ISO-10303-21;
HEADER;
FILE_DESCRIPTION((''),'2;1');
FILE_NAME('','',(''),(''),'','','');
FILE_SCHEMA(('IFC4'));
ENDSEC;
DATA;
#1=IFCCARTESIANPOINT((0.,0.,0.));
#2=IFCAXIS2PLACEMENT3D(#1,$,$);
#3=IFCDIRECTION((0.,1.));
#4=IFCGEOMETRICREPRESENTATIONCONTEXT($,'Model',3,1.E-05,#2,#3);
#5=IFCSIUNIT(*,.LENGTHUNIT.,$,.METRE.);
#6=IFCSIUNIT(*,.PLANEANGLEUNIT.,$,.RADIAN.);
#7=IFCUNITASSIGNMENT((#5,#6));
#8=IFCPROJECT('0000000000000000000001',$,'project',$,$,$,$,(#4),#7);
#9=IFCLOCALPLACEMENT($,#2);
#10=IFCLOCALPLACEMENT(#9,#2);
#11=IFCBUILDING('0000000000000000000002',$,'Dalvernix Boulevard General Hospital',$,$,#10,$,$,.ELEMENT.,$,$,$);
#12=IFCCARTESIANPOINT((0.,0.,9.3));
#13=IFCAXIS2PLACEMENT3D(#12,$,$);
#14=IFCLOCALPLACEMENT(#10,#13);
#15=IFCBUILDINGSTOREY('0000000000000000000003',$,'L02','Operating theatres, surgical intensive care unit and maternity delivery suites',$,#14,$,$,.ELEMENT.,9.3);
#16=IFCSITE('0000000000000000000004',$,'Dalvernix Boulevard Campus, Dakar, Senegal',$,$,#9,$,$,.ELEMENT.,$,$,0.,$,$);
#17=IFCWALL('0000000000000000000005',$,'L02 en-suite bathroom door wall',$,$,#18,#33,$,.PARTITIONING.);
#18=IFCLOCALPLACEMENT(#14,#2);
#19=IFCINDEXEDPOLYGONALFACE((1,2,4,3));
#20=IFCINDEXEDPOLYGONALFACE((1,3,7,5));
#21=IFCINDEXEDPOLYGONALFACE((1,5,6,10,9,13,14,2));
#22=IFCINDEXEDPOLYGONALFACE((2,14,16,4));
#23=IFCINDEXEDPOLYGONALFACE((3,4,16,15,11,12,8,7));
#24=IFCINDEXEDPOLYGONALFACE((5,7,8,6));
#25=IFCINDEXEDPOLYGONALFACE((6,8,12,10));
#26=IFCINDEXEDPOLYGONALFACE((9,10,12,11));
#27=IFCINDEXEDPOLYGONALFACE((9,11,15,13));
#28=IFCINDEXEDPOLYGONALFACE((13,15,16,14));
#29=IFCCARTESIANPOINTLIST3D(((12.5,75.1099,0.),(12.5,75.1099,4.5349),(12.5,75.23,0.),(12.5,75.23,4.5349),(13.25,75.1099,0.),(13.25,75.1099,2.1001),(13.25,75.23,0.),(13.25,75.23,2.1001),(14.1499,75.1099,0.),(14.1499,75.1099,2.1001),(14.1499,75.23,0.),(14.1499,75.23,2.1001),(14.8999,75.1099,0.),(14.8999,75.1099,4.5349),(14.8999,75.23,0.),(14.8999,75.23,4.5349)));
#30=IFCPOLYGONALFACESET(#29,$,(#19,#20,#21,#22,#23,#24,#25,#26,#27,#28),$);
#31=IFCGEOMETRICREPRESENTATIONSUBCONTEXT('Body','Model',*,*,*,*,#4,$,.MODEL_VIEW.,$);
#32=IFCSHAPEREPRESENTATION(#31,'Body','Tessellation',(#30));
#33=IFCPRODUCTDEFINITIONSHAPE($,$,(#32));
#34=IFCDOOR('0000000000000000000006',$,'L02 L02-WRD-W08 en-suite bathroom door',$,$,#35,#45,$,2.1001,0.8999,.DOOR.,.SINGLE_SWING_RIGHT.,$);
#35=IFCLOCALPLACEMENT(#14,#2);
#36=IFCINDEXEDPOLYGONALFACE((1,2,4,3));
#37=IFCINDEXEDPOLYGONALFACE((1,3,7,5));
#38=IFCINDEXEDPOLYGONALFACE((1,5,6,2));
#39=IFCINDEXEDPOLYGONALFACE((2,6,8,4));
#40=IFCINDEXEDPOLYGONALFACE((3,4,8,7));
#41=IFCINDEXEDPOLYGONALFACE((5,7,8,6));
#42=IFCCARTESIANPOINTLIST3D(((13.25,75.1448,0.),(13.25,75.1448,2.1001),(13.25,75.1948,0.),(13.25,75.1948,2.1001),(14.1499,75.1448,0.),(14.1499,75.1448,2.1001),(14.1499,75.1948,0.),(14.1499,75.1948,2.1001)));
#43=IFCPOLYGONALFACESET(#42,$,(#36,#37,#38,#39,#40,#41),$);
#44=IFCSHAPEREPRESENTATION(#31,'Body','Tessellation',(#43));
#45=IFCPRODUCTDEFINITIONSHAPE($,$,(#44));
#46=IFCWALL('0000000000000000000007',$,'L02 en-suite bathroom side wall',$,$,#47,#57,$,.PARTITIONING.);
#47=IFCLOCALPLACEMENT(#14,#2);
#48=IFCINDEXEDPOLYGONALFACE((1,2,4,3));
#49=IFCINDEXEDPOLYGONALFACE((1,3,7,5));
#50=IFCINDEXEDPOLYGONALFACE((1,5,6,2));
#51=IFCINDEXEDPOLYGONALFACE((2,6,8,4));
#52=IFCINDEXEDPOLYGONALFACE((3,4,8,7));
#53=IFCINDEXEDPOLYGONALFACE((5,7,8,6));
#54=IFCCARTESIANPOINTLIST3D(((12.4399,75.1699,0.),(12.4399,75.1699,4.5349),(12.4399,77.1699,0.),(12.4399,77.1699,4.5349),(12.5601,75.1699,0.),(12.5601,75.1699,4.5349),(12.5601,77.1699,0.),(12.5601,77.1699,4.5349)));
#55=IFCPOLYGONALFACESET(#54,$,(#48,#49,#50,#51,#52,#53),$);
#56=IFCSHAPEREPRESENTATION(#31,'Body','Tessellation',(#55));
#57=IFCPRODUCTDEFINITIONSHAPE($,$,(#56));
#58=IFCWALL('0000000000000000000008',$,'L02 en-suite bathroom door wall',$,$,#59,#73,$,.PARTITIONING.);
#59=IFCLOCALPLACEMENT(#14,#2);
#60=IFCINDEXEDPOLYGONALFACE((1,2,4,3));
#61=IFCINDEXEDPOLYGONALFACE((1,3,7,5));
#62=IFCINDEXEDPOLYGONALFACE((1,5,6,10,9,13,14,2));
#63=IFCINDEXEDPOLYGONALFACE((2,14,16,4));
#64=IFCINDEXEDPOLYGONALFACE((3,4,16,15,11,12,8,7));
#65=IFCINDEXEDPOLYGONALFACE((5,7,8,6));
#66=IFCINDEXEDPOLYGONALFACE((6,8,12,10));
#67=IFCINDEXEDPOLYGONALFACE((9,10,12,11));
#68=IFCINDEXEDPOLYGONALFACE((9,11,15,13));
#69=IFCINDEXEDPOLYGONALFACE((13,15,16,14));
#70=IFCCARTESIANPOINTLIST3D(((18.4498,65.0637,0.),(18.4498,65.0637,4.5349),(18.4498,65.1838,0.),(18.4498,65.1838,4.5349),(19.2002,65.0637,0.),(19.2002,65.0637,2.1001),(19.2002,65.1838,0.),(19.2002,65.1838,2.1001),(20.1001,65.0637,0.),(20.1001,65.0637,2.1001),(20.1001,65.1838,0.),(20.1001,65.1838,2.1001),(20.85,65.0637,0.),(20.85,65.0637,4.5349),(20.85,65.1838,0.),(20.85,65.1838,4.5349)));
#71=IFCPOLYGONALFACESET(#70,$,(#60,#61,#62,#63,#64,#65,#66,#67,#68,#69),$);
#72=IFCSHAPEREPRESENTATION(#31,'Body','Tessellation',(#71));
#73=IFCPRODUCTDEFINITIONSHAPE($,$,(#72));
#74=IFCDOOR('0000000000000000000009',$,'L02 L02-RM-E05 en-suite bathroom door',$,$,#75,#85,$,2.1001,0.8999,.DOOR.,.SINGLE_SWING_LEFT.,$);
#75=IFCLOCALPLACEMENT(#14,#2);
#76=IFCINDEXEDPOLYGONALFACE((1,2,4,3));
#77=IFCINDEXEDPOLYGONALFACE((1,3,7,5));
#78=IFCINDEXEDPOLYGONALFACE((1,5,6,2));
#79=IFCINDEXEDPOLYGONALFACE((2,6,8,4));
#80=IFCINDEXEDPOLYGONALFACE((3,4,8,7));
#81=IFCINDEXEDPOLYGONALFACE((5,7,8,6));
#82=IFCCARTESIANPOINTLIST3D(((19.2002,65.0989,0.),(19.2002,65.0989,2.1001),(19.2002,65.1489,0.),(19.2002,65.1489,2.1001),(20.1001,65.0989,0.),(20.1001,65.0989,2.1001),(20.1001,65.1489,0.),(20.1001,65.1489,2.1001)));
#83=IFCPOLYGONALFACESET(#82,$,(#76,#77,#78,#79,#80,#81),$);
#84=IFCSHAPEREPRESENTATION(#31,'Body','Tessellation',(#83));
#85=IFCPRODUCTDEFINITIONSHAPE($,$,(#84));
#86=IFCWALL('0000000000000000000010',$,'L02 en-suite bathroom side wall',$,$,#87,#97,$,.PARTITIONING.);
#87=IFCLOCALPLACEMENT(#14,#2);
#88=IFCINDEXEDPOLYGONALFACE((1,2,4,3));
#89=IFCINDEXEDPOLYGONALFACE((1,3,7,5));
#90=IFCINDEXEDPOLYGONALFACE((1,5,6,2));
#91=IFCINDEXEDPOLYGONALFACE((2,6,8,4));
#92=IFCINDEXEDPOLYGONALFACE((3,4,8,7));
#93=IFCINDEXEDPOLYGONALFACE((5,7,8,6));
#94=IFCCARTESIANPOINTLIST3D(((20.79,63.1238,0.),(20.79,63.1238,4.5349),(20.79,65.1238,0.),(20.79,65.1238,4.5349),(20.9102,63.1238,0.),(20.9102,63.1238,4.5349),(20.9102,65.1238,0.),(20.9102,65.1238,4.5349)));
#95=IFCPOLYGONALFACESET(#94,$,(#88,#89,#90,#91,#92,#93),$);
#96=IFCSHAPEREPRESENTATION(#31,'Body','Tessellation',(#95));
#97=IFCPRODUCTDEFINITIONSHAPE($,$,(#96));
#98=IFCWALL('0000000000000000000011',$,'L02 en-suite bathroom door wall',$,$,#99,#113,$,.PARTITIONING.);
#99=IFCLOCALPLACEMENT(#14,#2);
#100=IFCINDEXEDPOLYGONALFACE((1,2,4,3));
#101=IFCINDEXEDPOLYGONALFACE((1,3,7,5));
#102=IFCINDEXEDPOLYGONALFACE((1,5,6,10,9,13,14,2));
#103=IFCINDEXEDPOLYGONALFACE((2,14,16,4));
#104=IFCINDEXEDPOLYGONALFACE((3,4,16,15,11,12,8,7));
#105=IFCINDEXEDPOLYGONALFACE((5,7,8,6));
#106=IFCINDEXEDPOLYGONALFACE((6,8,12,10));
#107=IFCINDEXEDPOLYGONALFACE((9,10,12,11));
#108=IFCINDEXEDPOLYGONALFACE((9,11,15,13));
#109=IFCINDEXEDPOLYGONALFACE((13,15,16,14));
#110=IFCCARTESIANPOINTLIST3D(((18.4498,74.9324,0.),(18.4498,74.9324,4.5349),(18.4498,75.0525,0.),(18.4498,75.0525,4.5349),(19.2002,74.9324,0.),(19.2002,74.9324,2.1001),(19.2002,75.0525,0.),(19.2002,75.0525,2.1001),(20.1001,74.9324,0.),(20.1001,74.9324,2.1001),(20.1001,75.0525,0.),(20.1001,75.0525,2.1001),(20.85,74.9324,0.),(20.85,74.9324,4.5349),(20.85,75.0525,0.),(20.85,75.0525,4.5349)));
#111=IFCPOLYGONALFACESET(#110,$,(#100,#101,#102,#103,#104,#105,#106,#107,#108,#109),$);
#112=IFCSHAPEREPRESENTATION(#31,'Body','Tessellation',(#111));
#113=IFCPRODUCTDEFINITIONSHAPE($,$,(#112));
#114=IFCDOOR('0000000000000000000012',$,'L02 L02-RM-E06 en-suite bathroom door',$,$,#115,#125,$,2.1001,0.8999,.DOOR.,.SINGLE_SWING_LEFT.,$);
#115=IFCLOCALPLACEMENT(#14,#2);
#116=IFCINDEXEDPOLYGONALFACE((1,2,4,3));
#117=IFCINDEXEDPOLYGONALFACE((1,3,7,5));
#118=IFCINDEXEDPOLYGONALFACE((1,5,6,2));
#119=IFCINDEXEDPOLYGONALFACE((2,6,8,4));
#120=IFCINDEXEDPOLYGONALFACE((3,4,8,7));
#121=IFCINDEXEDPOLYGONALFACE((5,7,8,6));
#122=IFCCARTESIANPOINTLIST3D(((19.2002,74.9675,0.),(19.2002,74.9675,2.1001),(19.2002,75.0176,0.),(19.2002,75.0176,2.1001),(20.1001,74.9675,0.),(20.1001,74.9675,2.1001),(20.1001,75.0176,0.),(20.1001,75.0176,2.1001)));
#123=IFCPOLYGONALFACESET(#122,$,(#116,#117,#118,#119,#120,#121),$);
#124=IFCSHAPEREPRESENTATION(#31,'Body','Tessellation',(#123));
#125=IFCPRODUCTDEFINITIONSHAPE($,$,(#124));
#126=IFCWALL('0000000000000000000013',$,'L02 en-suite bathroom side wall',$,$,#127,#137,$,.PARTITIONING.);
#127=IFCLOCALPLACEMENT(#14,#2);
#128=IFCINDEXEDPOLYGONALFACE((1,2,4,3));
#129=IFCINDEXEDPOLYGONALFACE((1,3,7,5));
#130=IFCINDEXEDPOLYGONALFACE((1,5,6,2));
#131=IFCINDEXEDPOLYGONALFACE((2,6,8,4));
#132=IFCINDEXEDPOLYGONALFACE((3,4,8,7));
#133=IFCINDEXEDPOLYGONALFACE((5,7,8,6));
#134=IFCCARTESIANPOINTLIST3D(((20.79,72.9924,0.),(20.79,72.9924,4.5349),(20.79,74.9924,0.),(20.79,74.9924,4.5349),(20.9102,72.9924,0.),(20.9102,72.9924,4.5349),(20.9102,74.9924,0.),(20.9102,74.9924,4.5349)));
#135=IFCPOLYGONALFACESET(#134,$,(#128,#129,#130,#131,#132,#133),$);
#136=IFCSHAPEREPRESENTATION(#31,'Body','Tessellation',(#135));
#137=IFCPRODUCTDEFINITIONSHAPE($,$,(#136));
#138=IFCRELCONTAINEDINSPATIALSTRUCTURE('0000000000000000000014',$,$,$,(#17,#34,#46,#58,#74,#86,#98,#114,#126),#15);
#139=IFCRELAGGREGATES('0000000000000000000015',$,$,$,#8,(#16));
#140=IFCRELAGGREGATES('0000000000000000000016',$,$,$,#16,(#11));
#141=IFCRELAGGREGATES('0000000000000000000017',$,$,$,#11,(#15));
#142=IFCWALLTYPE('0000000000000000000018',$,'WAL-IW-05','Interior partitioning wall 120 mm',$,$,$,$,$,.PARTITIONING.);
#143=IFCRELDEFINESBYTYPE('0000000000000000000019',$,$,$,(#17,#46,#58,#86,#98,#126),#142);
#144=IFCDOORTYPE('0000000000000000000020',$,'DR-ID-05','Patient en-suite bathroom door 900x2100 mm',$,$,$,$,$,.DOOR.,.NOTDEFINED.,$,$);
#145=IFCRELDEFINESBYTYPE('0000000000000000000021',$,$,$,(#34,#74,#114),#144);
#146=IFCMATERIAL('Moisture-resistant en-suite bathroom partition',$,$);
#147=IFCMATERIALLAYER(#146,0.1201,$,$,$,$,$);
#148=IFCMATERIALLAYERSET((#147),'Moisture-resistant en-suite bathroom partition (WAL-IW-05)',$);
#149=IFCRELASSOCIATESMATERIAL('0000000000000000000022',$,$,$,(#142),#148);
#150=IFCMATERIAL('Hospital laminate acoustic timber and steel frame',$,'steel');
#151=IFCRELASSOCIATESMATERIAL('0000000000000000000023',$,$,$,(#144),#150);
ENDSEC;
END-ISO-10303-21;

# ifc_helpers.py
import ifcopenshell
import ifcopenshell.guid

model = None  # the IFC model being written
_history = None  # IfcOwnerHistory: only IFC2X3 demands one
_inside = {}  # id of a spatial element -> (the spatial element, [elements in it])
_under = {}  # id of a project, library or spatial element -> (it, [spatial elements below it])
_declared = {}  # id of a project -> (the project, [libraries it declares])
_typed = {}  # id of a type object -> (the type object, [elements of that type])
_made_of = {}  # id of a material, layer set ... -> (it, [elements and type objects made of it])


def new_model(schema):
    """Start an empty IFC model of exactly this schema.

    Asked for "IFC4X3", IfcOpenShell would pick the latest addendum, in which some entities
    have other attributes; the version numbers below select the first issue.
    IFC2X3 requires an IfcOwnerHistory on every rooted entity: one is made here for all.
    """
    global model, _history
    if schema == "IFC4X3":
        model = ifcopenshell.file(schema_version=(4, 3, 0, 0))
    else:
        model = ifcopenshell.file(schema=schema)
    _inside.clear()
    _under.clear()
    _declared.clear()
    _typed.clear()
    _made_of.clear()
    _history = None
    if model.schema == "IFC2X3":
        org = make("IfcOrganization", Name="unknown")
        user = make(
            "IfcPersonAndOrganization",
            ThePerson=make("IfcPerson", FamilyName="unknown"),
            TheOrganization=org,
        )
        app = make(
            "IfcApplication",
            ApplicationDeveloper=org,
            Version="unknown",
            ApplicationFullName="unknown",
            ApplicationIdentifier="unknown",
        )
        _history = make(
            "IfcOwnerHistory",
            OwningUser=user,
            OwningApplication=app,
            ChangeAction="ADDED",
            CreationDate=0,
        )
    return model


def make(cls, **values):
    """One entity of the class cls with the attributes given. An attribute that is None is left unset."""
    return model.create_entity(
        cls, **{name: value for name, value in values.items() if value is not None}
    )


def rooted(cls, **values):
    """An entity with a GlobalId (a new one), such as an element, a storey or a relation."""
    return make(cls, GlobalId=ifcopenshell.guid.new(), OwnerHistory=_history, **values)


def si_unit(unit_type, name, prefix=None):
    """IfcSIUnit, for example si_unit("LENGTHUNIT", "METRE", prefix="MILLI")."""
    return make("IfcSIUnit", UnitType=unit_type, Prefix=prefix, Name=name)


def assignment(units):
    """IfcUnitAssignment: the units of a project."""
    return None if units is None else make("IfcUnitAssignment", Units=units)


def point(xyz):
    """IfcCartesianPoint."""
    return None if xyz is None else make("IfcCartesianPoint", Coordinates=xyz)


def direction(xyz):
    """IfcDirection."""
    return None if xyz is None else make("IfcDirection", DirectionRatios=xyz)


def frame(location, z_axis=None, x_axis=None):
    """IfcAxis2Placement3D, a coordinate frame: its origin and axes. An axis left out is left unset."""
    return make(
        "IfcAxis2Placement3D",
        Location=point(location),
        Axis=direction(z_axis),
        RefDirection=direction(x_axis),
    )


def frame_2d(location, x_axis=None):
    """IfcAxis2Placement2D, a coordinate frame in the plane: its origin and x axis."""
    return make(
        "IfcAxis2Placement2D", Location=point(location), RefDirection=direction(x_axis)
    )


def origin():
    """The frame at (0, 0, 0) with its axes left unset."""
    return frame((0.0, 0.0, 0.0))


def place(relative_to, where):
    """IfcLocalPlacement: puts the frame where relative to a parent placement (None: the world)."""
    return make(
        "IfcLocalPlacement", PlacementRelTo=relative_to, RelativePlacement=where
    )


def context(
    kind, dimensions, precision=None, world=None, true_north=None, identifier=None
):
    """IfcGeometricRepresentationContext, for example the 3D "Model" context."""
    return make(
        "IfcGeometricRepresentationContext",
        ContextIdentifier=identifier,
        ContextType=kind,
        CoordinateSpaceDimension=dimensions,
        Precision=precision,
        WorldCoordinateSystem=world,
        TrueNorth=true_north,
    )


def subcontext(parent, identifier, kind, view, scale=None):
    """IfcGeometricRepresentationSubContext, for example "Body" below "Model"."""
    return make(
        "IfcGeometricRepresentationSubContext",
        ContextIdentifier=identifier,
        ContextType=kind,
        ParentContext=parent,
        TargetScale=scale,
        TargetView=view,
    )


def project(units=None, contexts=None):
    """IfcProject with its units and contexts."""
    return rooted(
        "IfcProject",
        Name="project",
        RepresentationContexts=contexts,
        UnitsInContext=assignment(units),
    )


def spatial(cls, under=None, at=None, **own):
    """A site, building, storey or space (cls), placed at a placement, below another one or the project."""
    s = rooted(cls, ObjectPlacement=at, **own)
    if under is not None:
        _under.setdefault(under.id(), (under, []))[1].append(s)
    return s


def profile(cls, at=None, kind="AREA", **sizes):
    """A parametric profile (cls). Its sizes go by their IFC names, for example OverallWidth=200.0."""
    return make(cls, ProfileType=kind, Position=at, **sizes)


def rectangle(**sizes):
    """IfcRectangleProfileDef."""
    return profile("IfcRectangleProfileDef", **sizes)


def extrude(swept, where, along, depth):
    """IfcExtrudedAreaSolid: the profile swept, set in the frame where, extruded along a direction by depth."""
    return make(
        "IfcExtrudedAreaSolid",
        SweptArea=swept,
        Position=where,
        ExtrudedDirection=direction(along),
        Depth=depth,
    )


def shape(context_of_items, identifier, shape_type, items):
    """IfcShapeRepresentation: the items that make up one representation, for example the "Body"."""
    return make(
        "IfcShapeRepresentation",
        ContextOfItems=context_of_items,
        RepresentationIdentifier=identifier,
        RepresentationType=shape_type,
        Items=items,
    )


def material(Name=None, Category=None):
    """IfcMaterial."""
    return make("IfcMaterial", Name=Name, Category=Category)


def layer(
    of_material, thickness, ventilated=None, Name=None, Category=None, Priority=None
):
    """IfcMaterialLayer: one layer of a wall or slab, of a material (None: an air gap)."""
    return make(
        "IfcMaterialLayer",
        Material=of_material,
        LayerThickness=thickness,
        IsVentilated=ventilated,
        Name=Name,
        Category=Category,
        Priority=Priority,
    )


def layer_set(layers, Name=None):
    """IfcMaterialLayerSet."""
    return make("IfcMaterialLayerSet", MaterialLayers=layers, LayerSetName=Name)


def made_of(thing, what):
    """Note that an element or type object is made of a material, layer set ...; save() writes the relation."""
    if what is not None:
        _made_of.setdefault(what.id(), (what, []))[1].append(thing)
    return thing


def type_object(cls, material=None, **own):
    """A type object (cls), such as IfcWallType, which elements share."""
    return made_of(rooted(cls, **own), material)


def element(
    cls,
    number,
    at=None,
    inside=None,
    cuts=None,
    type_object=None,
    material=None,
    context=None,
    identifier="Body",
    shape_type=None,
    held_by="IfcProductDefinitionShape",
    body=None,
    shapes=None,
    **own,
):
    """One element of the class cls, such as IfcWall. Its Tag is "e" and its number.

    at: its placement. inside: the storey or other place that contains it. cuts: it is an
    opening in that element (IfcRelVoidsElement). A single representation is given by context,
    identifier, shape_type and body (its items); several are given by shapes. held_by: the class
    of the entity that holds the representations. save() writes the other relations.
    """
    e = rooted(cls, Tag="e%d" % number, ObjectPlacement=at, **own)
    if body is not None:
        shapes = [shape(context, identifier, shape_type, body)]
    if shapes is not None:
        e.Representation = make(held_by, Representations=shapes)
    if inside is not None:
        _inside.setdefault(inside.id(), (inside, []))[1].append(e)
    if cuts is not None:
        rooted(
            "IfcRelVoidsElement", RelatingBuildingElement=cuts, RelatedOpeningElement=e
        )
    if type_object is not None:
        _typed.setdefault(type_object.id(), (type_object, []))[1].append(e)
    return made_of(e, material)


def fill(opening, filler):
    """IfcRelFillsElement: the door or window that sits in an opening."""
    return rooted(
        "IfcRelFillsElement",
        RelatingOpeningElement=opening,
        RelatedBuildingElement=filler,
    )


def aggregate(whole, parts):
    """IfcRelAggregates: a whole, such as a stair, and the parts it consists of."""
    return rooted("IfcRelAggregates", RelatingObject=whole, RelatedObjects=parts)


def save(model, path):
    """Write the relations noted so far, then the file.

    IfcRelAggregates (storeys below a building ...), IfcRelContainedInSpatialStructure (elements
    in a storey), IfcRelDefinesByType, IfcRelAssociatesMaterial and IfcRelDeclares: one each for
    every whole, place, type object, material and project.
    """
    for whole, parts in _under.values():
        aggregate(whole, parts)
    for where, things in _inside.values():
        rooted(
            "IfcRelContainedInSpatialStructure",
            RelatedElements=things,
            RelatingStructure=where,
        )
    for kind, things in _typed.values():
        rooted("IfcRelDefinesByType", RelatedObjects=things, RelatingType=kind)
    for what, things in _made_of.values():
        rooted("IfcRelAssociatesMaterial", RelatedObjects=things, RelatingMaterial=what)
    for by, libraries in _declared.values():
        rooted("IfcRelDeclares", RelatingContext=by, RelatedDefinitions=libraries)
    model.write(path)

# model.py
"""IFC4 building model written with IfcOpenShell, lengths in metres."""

from ifc_helpers import new_model, si_unit, direction, frame, frame_2d, origin, place, context, subcontext, project, spatial, rectangle, extrude, material, layer, layer_set, type_object, element, fill, save


model = new_model("IFC4")

# Units and contexts
model_context = context("Model", 3, precision=1e-05, world=origin(), true_north=direction((0.0, 1.0)))
body_context = subcontext(model_context, "Body", "Model", "MODEL_VIEW")
ifc_project = project(units=[si_unit("LENGTHUNIT", "METRE"), si_unit("PLANEANGLEUNIT", "RADIAN")], contexts=[model_context])

# Site, building, storey
site_placement = place(None, origin())
site = spatial("IfcSite", under=ifc_project, at=site_placement, Name="Dalvernix Boulevard Campus, Dakar, Senegal", CompositionType="ELEMENT", RefElevation=0.0)
building_placement = place(site_placement, origin())
building = spatial("IfcBuilding", under=site, at=building_placement, Name="Dalvernix Boulevard General Hospital", CompositionType="ELEMENT")
storey_placement = place(building_placement, frame((0.0, 0.0, 9.3)))
storey = spatial("IfcBuildingStorey", under=building, at=storey_placement, Name="L02", Description="Operating theatres, surgical intensive care unit and maternity delivery suites", CompositionType="ELEMENT", Elevation=9.3)

# Shared definitions
ifc_material_1 = material(Name="Hospital laminate acoustic timber and steel frame", Category="steel")

# Shared definitions
ifc_material_2 = material(Name="Moisture-resistant en-suite bathroom partition")
ifc_layer_1 = layer(ifc_material_2, 0.1201)
ifc_layer_set_1 = layer_set([ifc_layer_1], Name="Moisture-resistant en-suite bathroom partition (WAL-IW-05)")
wall_type_1 = type_object("IfcWallType", Name="WAL-IW-05", Description="Interior partitioning wall 120 mm", PredefinedType="PARTITIONING", material=ifc_layer_set_1)
door_type_1 = type_object("IfcDoorType", Name="DR-ID-05", Description="Patient en-suite bathroom door 900x2100 mm", OperationType="NOTDEFINED", PredefinedType="DOOR", material=ifc_material_1)

# Wall, opening, door
wall_1_placement = place(storey_placement, frame((12.5, 75.1699, 0.0), z_axis=(0.0, 0.0, 1.0), x_axis=(1.0, 0.0, 0.0)))
wall_1 = element("IfcWall", 1, at=wall_1_placement, inside=storey, type_object=wall_type_1, Name="L02 en-suite bathroom door wall", PredefinedType="PARTITIONING", context=body_context, shape_type="SweptSolid", body=[
    extrude(rectangle(XDim=2.3999, YDim=0.1201, at=frame_2d((1.2, 0.0))), origin(), (0.0, 0.0, 1.0), 4.5349),
])
opening_1_placement = place(wall_1_placement, frame((0.75, 0.0, 0.0)))
opening_1 = element("IfcOpeningElement", 2, at=opening_1_placement, cuts=wall_1, PredefinedType="OPENING", context=body_context, shape_type="SweptSolid", body=[
    extrude(rectangle(XDim=0.8999, YDim=2.1001, at=frame_2d((0.45, 1.05))), frame((0.0, 0.0701, 0.0), z_axis=(0.0, -1.0, 0.0), x_axis=(1.0, 0.0, 0.0)), (0.0, 0.0, 1.0), 0.1401),
])
door_1_placement = place(opening_1_placement, origin())
door_1 = element("IfcDoor", 3, at=door_1_placement, inside=storey, type_object=door_type_1, Name="L02 L02-WRD-W08 en-suite bathroom door", OperationType="SINGLE_SWING_RIGHT", OverallHeight=2.1001, OverallWidth=0.8999, PredefinedType="DOOR", context=body_context, shape_type="SweptSolid", body=[
    extrude(rectangle(XDim=0.8999, YDim=2.1001, at=frame_2d((0.45, 1.05))), frame((0.0, 0.0249, 0.0), z_axis=(0.0, -1.0, 0.0), x_axis=(1.0, 0.0, 0.0)), (0.0, 0.0, 1.0), 0.05),
])
fill(opening_1, door_1)

# Wall
wall_2_placement = place(storey_placement, frame((12.5, 75.1699, 0.0), z_axis=(0.0, 0.0, 1.0), x_axis=(0.0, 1.0, 0.0)))
element("IfcWall", 4, at=wall_2_placement, inside=storey, type_object=wall_type_1, Name="L02 en-suite bathroom side wall", PredefinedType="PARTITIONING", context=body_context, shape_type="SweptSolid", body=[
    extrude(rectangle(XDim=2.0, YDim=0.1201, at=frame_2d((1.0, 0.0))), origin(), (0.0, 0.0, 1.0), 4.5349),
])

# Wall, opening, door
wall_3_placement = place(storey_placement, frame((20.8501, 65.1238, 0.0), z_axis=(0.0, 0.0, 1.0), x_axis=(-1.0, 0.0, 0.0)))
wall_3 = element("IfcWall", 5, at=wall_3_placement, inside=storey, type_object=wall_type_1, Name="L02 en-suite bathroom door wall", PredefinedType="PARTITIONING", context=body_context, shape_type="SweptSolid", body=[
    extrude(rectangle(XDim=2.4001, YDim=0.1201, at=frame_2d((1.2002, 0.0))), origin(), (0.0, 0.0, 1.0), 4.5349),
])
opening_2_placement = place(wall_3_placement, frame((0.75, 0.0, 0.0)))
opening_2 = element("IfcOpeningElement", 6, at=opening_2_placement, cuts=wall_3, PredefinedType="OPENING", context=body_context, shape_type="SweptSolid", body=[
    extrude(rectangle(XDim=0.8999, YDim=2.1001, at=frame_2d((0.45, 1.05))), frame((0.0, 0.0701, 0.0), z_axis=(0.0, -1.0, 0.0), x_axis=(1.0, 0.0, 0.0)), (0.0, 0.0, 1.0), 0.1401),
])
door_2_placement = place(opening_2_placement, origin())
door_2 = element("IfcDoor", 7, at=door_2_placement, inside=storey, type_object=door_type_1, Name="L02 L02-RM-E05 en-suite bathroom door", OperationType="SINGLE_SWING_LEFT", OverallHeight=2.1001, OverallWidth=0.8999, PredefinedType="DOOR", context=body_context, shape_type="SweptSolid", body=[
    extrude(rectangle(XDim=0.8999, YDim=2.1001, at=frame_2d((0.45, 1.05))), frame((0.0, 0.0249, 0.0), z_axis=(0.0, -1.0, 0.0), x_axis=(1.0, 0.0, 0.0)), (0.0, 0.0, 1.0), 0.05),
])
fill(opening_2, door_2)

# Wall
wall_4_placement = place(storey_placement, frame((20.8501, 63.1238, 0.0), z_axis=(0.0, 0.0, 1.0), x_axis=(0.0, 1.0, 0.0)))
element("IfcWall", 8, at=wall_4_placement, inside=storey, type_object=wall_type_1, Name="L02 en-suite bathroom side wall", PredefinedType="PARTITIONING", context=body_context, shape_type="SweptSolid", body=[
    extrude(rectangle(XDim=2.0, YDim=0.1201, at=frame_2d((1.0, 0.0))), origin(), (0.0, 0.0, 1.0), 4.5349),
])

# Wall, opening, door
wall_5_placement = place(storey_placement, frame((20.8501, 74.9924, 0.0), z_axis=(0.0, 0.0, 1.0), x_axis=(-1.0, 0.0, 0.0)))
wall_5 = element("IfcWall", 9, at=wall_5_placement, inside=storey, type_object=wall_type_1, Name="L02 en-suite bathroom door wall", PredefinedType="PARTITIONING", context=body_context, shape_type="SweptSolid", body=[
    extrude(rectangle(XDim=2.4001, YDim=0.1201, at=frame_2d((1.2002, 0.0))), origin(), (0.0, 0.0, 1.0), 4.5349),
])
opening_3_placement = place(wall_5_placement, frame((0.75, 0.0, 0.0)))
opening_3 = element("IfcOpeningElement", 10, at=opening_3_placement, cuts=wall_5, PredefinedType="OPENING", context=body_context, shape_type="SweptSolid", body=[
    extrude(rectangle(XDim=0.8999, YDim=2.1001, at=frame_2d((0.45, 1.05))), frame((0.0, 0.0701, 0.0), z_axis=(0.0, -1.0, 0.0), x_axis=(1.0, 0.0, 0.0)), (0.0, 0.0, 1.0), 0.1401),
])
door_3_placement = place(opening_3_placement, origin())
door_3 = element("IfcDoor", 11, at=door_3_placement, inside=storey, type_object=door_type_1, Name="L02 L02-RM-E06 en-suite bathroom door", OperationType="SINGLE_SWING_LEFT", OverallHeight=2.1001, OverallWidth=0.8999, PredefinedType="DOOR", context=body_context, shape_type="SweptSolid", body=[
    extrude(rectangle(XDim=0.8999, YDim=2.1001, at=frame_2d((0.45, 1.05))), frame((0.0, 0.0249, 0.0), z_axis=(0.0, -1.0, 0.0), x_axis=(1.0, 0.0, 0.0)), (0.0, 0.0, 1.0), 0.05),
])
fill(opening_3, door_3)

# Wall
wall_6_placement = place(storey_placement, frame((20.8501, 72.9924, 0.0), z_axis=(0.0, 0.0, 1.0), x_axis=(0.0, 1.0, 0.0)))
element("IfcWall", 12, at=wall_6_placement, inside=storey, type_object=wall_type_1, Name="L02 en-suite bathroom side wall", PredefinedType="PARTITIONING", context=body_context, shape_type="SweptSolid", body=[
    extrude(rectangle(XDim=2.0, YDim=0.1201, at=frame_2d((1.0, 0.0))), origin(), (0.0, 0.0, 1.0), 4.5349),
])

save(model, "model.ifc")
